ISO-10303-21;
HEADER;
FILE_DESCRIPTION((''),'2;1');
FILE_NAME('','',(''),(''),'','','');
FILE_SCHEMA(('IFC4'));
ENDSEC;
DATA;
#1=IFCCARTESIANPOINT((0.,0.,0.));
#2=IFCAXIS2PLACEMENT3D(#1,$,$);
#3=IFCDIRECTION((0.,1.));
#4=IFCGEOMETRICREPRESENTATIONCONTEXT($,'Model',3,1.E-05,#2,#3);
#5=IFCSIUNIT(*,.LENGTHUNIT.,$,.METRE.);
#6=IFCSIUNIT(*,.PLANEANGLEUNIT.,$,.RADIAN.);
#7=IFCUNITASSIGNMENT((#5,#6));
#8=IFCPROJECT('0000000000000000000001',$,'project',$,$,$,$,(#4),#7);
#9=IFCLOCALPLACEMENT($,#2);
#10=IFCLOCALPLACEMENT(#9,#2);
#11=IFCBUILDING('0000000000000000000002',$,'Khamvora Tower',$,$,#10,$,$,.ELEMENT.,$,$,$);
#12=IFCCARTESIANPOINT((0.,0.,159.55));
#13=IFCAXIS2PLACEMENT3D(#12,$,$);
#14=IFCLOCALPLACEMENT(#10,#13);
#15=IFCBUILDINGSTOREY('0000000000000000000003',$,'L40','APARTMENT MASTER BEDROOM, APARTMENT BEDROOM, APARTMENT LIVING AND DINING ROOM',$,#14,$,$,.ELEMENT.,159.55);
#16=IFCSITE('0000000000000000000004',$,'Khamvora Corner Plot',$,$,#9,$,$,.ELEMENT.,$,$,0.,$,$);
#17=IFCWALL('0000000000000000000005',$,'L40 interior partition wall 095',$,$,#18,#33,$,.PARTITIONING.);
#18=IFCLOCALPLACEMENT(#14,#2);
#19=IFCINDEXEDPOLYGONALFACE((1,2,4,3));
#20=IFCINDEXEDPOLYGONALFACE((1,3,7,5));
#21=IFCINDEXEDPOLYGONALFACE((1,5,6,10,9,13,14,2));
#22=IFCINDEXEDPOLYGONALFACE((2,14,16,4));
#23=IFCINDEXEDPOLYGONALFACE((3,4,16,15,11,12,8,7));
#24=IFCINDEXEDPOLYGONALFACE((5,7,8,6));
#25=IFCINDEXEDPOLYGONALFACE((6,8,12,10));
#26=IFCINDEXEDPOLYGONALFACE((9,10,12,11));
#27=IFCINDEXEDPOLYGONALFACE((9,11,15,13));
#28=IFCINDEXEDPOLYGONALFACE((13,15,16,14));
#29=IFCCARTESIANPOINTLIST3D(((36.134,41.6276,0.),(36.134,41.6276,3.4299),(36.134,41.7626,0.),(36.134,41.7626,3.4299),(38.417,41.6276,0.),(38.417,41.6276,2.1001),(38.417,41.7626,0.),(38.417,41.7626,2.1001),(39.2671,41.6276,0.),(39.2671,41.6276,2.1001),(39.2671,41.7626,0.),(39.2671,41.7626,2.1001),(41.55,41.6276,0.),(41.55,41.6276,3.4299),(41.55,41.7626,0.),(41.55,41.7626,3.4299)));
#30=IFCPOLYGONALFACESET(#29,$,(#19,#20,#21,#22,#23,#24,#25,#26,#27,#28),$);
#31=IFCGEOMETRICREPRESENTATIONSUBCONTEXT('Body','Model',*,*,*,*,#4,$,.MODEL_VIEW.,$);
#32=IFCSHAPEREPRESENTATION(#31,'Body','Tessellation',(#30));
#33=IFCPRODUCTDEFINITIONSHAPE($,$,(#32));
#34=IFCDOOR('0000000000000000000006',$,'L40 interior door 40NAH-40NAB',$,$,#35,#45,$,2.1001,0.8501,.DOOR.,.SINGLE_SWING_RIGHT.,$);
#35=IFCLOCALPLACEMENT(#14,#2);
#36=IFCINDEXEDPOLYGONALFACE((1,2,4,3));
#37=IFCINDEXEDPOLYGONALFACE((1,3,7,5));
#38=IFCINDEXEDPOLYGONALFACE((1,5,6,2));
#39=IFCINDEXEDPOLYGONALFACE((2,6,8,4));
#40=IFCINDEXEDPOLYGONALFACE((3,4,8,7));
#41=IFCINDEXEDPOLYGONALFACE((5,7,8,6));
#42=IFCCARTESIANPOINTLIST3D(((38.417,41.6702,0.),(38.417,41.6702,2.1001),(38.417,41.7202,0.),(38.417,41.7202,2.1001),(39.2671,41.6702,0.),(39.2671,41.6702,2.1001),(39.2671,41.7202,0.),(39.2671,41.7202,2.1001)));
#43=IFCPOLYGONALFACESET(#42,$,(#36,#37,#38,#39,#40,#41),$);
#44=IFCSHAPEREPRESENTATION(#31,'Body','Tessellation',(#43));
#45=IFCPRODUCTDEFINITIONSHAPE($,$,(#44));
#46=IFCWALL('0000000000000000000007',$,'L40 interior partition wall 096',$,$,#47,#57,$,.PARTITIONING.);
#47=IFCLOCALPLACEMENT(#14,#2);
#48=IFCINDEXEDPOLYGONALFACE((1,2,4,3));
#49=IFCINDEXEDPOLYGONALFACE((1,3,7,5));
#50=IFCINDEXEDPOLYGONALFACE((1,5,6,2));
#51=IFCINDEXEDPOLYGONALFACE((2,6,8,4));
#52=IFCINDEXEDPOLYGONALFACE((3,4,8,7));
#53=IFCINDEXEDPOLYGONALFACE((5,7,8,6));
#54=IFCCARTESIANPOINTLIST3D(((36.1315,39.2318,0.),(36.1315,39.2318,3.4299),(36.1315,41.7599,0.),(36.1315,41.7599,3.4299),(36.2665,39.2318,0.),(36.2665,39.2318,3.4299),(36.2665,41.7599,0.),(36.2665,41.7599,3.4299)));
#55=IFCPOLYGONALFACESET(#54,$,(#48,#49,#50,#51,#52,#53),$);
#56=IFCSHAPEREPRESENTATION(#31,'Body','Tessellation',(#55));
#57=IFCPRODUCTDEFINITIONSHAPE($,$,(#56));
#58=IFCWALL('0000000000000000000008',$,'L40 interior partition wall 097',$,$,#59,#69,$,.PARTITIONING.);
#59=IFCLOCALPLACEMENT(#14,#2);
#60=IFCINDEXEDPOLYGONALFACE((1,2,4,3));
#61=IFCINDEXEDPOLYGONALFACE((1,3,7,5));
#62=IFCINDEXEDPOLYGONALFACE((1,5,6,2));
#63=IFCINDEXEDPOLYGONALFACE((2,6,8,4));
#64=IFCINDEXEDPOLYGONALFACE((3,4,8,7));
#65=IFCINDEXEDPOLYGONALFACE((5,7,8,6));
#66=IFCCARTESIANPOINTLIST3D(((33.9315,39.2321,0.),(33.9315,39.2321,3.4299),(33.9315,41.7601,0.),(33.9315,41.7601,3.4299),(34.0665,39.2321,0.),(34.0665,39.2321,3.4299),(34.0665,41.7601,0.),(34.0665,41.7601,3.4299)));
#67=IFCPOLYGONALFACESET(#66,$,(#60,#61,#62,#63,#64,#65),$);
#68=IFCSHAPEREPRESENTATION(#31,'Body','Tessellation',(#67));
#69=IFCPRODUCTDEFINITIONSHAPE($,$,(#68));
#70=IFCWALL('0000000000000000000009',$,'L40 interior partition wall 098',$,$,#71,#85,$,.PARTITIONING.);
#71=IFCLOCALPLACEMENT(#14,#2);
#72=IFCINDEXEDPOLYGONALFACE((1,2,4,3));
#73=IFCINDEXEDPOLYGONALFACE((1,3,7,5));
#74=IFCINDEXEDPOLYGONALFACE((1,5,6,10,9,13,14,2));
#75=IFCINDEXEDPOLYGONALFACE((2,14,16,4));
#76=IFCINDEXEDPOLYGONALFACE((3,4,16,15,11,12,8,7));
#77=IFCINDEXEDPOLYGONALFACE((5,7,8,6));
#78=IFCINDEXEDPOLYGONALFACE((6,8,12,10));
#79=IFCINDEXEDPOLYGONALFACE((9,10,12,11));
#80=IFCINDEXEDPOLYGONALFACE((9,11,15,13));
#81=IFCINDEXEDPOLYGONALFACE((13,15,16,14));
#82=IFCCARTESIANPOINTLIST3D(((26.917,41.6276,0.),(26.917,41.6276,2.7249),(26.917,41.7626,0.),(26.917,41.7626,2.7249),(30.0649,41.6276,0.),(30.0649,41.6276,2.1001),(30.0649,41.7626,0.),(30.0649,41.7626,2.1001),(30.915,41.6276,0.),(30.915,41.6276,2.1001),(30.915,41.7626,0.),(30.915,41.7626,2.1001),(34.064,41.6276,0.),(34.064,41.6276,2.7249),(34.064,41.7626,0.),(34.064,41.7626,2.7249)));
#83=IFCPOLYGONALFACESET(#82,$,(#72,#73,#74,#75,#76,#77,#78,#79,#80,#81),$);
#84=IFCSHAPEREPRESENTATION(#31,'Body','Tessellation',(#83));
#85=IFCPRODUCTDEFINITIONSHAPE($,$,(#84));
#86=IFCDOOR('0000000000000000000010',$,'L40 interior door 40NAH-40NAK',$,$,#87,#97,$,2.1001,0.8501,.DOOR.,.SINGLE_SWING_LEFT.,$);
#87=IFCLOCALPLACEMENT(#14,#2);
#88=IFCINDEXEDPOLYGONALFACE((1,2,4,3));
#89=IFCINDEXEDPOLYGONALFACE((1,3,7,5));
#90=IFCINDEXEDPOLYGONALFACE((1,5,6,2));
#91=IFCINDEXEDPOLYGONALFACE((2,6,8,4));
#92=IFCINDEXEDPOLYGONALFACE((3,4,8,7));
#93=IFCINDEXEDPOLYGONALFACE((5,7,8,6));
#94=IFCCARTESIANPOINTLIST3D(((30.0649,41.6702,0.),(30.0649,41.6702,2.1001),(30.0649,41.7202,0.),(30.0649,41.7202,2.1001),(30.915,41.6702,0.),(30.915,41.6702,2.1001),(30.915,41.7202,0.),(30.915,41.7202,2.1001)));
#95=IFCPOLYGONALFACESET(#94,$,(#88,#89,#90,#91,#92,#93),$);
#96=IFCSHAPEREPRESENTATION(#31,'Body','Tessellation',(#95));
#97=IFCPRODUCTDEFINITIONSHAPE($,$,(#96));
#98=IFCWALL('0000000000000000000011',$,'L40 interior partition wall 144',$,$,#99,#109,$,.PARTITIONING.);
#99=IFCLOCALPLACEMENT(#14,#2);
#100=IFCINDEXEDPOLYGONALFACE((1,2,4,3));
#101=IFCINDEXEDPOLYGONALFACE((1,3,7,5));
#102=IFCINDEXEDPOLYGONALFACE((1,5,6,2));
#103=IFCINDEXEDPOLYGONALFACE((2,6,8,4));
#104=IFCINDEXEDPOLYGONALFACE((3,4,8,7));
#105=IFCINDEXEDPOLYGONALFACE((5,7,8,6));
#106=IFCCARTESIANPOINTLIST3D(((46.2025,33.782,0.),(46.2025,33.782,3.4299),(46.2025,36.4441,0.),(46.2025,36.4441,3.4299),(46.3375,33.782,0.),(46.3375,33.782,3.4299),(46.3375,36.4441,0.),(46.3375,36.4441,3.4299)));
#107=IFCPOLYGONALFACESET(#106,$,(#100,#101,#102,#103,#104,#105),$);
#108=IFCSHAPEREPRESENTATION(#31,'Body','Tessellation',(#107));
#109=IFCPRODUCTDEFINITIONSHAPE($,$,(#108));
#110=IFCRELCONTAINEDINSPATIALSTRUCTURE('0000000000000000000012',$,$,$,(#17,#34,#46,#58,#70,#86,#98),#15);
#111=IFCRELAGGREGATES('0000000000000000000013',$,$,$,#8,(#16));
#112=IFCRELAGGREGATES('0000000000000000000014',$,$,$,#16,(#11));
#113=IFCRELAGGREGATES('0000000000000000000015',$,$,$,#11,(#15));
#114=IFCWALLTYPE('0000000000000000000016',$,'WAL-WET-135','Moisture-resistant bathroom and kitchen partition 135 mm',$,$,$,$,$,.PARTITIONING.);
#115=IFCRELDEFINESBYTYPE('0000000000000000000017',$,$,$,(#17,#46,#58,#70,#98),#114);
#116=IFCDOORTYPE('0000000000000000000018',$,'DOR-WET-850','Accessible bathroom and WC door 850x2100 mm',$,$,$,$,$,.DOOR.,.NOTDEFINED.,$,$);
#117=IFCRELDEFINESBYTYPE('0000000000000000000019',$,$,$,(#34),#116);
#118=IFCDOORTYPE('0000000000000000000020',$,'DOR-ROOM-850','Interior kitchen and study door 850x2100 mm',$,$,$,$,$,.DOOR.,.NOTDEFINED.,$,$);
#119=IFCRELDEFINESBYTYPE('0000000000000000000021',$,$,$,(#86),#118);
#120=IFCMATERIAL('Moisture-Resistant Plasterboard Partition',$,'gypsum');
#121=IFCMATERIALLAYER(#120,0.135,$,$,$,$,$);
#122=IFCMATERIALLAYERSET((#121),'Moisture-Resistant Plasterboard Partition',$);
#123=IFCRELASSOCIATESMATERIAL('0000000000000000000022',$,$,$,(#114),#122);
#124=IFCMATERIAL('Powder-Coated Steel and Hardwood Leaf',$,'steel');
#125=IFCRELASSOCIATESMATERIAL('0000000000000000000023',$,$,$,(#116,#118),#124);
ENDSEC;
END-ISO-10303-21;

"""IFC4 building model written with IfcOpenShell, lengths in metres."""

from ifc_helpers import new_model, si_unit, direction, frame, frame_2d, origin, place, context, subcontext, project, spatial, rectangle, extrude, material, layer, layer_set, type_object, element, fill, save


model = new_model("IFC4")

# Units and contexts
model_context = context("Model", 3, precision=1e-05, world=origin(), true_north=direction((0.0, 1.0)))
body_context = subcontext(model_context, "Body", "Model", "MODEL_VIEW")
ifc_project = project(units=[si_unit("LENGTHUNIT", "METRE"), si_unit("PLANEANGLEUNIT", "RADIAN")], contexts=[model_context])

# Site, building, storey
site_placement = place(None, origin())
site = spatial("IfcSite", under=ifc_project, at=site_placement, Name="Khamvora Corner Plot", CompositionType="ELEMENT", RefElevation=0.0)
building_placement = place(site_placement, origin())
building = spatial("IfcBuilding", under=site, at=building_placement, Name="Khamvora Tower", CompositionType="ELEMENT")
storey_placement = place(building_placement, frame((0.0, 0.0, 159.55)))
storey = spatial("IfcBuildingStorey", under=building, at=storey_placement, Name="L40", Description="APARTMENT MASTER BEDROOM, APARTMENT BEDROOM, APARTMENT LIVING AND DINING ROOM", CompositionType="ELEMENT", Elevation=159.55)

# Shared definitions
ifc_material_1 = material(Name="Powder-Coated Steel and Hardwood Leaf", Category="steel")

# Wall, opening, door
ifc_material_2 = material(Name="Moisture-Resistant Plasterboard Partition", Category="gypsum")
ifc_layer_1 = layer(ifc_material_2, 0.135)
ifc_layer_set_1 = layer_set([ifc_layer_1], Name="Moisture-Resistant Plasterboard Partition")
wall_type_1 = type_object("IfcWallType", Name="WAL-WET-135", Description="Moisture-resistant bathroom and kitchen partition 135 mm", PredefinedType="PARTITIONING", material=ifc_layer_set_1)
wall_1_placement = place(storey_placement, frame((41.55, 41.6951, 0.0), z_axis=(0.0, 0.0, 1.0), x_axis=(-1.0, 0.0, 0.0)))
wall_1 = element("IfcWall", 1, at=wall_1_placement, inside=storey, type_object=wall_type_1, Name="L40 interior partition wall 095", PredefinedType="PARTITIONING", context=body_context, shape_type="SweptSolid", body=[
    extrude(rectangle(XDim=5.416, YDim=0.135, at=frame_2d((2.708, 0.0))), origin(), (0.0, 0.0, 1.0), 3.4299),
])
opening_1_placement = place(wall_1_placement, frame((2.283, 0.0, 0.0)))
opening_1 = element("IfcOpeningElement", 2, at=opening_1_placement, cuts=wall_1, PredefinedType="OPENING", context=body_context, shape_type="SweptSolid", body=[
    extrude(rectangle(XDim=0.8501, YDim=2.1001, at=frame_2d((0.425, 1.05))), frame((0.0, 0.0774, 0.0), z_axis=(0.0, -1.0, 0.0), x_axis=(1.0, 0.0, 0.0)), (0.0, 0.0, 1.0), 0.155),
])
door_type_1 = type_object("IfcDoorType", Name="DOR-WET-850", Description="Accessible bathroom and WC door 850x2100 mm", OperationType="NOTDEFINED", PredefinedType="DOOR", material=ifc_material_1)
door_1_placement = place(opening_1_placement, origin())
door_1 = element("IfcDoor", 3, at=door_1_placement, inside=storey, type_object=door_type_1, Name="L40 interior door 40NAH-40NAB", OperationType="SINGLE_SWING_RIGHT", OverallHeight=2.1001, OverallWidth=0.8501, PredefinedType="DOOR", context=body_context, shape_type="SweptSolid", body=[
    extrude(rectangle(XDim=0.8501, YDim=2.1001, at=frame_2d((0.425, 1.05))), frame((0.0, 0.0249, 0.0), z_axis=(0.0, -1.0, 0.0), x_axis=(1.0, 0.0, 0.0)), (0.0, 0.0, 1.0), 0.05),
])
fill(opening_1, door_1)

# Walls
for number, where, z_axis, x_axis, name in (
    (4, (36.199, 41.76, 0.0), (0.0, 0.0, 1.0), (0.0, -1.0, 0.0), "L40 interior partition wall 096"),
    (5, (33.999, 39.2319, 0.0), (0.0, 0.0, 1.0), (0.0, 1.0, 0.0), "L40 interior partition wall 097"),
):
    element("IfcWall", number, at=place(storey_placement, frame(where, z_axis=z_axis, x_axis=x_axis)), inside=storey, type_object=wall_type_1, Name=name, PredefinedType="PARTITIONING", context=body_context, shape_type="SweptSolid", body=[
        extrude(rectangle(XDim=2.5281, YDim=0.135, at=frame_2d((1.2642, 0.0))), origin(), (0.0, 0.0, 1.0), 3.4299),
    ])

# Wall, opening, door
wall_2_placement = place(storey_placement, frame((34.064, 41.6951, 0.0), z_axis=(0.0, 0.0, 1.0), x_axis=(-1.0, 0.0, 0.0)))
wall_2 = element("IfcWall", 6, at=wall_2_placement, inside=storey, type_object=wall_type_1, Name="L40 interior partition wall 098", PredefinedType="PARTITIONING", context=body_context, shape_type="SweptSolid", body=[
    extrude(rectangle(XDim=7.147, YDim=0.135, at=frame_2d((3.5735, 0.0))), origin(), (0.0, 0.0, 1.0), 2.7249),
])
opening_2_placement = place(wall_2_placement, frame((3.1489, 0.0, 0.0)))
opening_2 = element("IfcOpeningElement", 7, at=opening_2_placement, cuts=wall_2, PredefinedType="OPENING", context=body_context, shape_type="SweptSolid", body=[
    extrude(rectangle(XDim=0.8501, YDim=2.1001, at=frame_2d((0.425, 1.05))), frame((0.0, 0.0774, 0.0), z_axis=(0.0, -1.0, 0.0), x_axis=(1.0, 0.0, 0.0)), (0.0, 0.0, 1.0), 0.155),
])
door_type_2 = type_object("IfcDoorType", Name="DOR-ROOM-850", Description="Interior kitchen and study door 850x2100 mm", OperationType="NOTDEFINED", PredefinedType="DOOR", material=ifc_material_1)
door_2_placement = place(opening_2_placement, origin())
door_2 = element("IfcDoor", 8, at=door_2_placement, inside=storey, type_object=door_type_2, Name="L40 interior door 40NAH-40NAK", OperationType="SINGLE_SWING_LEFT", OverallHeight=2.1001, OverallWidth=0.8501, PredefinedType="DOOR", context=body_context, shape_type="SweptSolid", body=[
    extrude(rectangle(XDim=0.8501, YDim=2.1001, at=frame_2d((0.425, 1.05))), frame((0.0, 0.0249, 0.0), z_axis=(0.0, -1.0, 0.0), x_axis=(1.0, 0.0, 0.0)), (0.0, 0.0, 1.0), 0.05),
])
fill(opening_2, door_2)

# Wall
wall_3_placement = place(storey_placement, frame((46.27, 36.4441, 0.0), z_axis=(0.0, 0.0, 1.0), x_axis=(0.0, -1.0, 0.0)))
element("IfcWall", 9, at=wall_3_placement, inside=storey, type_object=wall_type_1, Name="L40 interior partition wall 144", PredefinedType="PARTITIONING", context=body_context, shape_type="SweptSolid", body=[
    extrude(rectangle(XDim=2.6621, YDim=0.135, at=frame_2d((1.3311, 0.0))), origin(), (0.0, 0.0, 1.0), 3.4299),
])

save(model, "model.ifc")
